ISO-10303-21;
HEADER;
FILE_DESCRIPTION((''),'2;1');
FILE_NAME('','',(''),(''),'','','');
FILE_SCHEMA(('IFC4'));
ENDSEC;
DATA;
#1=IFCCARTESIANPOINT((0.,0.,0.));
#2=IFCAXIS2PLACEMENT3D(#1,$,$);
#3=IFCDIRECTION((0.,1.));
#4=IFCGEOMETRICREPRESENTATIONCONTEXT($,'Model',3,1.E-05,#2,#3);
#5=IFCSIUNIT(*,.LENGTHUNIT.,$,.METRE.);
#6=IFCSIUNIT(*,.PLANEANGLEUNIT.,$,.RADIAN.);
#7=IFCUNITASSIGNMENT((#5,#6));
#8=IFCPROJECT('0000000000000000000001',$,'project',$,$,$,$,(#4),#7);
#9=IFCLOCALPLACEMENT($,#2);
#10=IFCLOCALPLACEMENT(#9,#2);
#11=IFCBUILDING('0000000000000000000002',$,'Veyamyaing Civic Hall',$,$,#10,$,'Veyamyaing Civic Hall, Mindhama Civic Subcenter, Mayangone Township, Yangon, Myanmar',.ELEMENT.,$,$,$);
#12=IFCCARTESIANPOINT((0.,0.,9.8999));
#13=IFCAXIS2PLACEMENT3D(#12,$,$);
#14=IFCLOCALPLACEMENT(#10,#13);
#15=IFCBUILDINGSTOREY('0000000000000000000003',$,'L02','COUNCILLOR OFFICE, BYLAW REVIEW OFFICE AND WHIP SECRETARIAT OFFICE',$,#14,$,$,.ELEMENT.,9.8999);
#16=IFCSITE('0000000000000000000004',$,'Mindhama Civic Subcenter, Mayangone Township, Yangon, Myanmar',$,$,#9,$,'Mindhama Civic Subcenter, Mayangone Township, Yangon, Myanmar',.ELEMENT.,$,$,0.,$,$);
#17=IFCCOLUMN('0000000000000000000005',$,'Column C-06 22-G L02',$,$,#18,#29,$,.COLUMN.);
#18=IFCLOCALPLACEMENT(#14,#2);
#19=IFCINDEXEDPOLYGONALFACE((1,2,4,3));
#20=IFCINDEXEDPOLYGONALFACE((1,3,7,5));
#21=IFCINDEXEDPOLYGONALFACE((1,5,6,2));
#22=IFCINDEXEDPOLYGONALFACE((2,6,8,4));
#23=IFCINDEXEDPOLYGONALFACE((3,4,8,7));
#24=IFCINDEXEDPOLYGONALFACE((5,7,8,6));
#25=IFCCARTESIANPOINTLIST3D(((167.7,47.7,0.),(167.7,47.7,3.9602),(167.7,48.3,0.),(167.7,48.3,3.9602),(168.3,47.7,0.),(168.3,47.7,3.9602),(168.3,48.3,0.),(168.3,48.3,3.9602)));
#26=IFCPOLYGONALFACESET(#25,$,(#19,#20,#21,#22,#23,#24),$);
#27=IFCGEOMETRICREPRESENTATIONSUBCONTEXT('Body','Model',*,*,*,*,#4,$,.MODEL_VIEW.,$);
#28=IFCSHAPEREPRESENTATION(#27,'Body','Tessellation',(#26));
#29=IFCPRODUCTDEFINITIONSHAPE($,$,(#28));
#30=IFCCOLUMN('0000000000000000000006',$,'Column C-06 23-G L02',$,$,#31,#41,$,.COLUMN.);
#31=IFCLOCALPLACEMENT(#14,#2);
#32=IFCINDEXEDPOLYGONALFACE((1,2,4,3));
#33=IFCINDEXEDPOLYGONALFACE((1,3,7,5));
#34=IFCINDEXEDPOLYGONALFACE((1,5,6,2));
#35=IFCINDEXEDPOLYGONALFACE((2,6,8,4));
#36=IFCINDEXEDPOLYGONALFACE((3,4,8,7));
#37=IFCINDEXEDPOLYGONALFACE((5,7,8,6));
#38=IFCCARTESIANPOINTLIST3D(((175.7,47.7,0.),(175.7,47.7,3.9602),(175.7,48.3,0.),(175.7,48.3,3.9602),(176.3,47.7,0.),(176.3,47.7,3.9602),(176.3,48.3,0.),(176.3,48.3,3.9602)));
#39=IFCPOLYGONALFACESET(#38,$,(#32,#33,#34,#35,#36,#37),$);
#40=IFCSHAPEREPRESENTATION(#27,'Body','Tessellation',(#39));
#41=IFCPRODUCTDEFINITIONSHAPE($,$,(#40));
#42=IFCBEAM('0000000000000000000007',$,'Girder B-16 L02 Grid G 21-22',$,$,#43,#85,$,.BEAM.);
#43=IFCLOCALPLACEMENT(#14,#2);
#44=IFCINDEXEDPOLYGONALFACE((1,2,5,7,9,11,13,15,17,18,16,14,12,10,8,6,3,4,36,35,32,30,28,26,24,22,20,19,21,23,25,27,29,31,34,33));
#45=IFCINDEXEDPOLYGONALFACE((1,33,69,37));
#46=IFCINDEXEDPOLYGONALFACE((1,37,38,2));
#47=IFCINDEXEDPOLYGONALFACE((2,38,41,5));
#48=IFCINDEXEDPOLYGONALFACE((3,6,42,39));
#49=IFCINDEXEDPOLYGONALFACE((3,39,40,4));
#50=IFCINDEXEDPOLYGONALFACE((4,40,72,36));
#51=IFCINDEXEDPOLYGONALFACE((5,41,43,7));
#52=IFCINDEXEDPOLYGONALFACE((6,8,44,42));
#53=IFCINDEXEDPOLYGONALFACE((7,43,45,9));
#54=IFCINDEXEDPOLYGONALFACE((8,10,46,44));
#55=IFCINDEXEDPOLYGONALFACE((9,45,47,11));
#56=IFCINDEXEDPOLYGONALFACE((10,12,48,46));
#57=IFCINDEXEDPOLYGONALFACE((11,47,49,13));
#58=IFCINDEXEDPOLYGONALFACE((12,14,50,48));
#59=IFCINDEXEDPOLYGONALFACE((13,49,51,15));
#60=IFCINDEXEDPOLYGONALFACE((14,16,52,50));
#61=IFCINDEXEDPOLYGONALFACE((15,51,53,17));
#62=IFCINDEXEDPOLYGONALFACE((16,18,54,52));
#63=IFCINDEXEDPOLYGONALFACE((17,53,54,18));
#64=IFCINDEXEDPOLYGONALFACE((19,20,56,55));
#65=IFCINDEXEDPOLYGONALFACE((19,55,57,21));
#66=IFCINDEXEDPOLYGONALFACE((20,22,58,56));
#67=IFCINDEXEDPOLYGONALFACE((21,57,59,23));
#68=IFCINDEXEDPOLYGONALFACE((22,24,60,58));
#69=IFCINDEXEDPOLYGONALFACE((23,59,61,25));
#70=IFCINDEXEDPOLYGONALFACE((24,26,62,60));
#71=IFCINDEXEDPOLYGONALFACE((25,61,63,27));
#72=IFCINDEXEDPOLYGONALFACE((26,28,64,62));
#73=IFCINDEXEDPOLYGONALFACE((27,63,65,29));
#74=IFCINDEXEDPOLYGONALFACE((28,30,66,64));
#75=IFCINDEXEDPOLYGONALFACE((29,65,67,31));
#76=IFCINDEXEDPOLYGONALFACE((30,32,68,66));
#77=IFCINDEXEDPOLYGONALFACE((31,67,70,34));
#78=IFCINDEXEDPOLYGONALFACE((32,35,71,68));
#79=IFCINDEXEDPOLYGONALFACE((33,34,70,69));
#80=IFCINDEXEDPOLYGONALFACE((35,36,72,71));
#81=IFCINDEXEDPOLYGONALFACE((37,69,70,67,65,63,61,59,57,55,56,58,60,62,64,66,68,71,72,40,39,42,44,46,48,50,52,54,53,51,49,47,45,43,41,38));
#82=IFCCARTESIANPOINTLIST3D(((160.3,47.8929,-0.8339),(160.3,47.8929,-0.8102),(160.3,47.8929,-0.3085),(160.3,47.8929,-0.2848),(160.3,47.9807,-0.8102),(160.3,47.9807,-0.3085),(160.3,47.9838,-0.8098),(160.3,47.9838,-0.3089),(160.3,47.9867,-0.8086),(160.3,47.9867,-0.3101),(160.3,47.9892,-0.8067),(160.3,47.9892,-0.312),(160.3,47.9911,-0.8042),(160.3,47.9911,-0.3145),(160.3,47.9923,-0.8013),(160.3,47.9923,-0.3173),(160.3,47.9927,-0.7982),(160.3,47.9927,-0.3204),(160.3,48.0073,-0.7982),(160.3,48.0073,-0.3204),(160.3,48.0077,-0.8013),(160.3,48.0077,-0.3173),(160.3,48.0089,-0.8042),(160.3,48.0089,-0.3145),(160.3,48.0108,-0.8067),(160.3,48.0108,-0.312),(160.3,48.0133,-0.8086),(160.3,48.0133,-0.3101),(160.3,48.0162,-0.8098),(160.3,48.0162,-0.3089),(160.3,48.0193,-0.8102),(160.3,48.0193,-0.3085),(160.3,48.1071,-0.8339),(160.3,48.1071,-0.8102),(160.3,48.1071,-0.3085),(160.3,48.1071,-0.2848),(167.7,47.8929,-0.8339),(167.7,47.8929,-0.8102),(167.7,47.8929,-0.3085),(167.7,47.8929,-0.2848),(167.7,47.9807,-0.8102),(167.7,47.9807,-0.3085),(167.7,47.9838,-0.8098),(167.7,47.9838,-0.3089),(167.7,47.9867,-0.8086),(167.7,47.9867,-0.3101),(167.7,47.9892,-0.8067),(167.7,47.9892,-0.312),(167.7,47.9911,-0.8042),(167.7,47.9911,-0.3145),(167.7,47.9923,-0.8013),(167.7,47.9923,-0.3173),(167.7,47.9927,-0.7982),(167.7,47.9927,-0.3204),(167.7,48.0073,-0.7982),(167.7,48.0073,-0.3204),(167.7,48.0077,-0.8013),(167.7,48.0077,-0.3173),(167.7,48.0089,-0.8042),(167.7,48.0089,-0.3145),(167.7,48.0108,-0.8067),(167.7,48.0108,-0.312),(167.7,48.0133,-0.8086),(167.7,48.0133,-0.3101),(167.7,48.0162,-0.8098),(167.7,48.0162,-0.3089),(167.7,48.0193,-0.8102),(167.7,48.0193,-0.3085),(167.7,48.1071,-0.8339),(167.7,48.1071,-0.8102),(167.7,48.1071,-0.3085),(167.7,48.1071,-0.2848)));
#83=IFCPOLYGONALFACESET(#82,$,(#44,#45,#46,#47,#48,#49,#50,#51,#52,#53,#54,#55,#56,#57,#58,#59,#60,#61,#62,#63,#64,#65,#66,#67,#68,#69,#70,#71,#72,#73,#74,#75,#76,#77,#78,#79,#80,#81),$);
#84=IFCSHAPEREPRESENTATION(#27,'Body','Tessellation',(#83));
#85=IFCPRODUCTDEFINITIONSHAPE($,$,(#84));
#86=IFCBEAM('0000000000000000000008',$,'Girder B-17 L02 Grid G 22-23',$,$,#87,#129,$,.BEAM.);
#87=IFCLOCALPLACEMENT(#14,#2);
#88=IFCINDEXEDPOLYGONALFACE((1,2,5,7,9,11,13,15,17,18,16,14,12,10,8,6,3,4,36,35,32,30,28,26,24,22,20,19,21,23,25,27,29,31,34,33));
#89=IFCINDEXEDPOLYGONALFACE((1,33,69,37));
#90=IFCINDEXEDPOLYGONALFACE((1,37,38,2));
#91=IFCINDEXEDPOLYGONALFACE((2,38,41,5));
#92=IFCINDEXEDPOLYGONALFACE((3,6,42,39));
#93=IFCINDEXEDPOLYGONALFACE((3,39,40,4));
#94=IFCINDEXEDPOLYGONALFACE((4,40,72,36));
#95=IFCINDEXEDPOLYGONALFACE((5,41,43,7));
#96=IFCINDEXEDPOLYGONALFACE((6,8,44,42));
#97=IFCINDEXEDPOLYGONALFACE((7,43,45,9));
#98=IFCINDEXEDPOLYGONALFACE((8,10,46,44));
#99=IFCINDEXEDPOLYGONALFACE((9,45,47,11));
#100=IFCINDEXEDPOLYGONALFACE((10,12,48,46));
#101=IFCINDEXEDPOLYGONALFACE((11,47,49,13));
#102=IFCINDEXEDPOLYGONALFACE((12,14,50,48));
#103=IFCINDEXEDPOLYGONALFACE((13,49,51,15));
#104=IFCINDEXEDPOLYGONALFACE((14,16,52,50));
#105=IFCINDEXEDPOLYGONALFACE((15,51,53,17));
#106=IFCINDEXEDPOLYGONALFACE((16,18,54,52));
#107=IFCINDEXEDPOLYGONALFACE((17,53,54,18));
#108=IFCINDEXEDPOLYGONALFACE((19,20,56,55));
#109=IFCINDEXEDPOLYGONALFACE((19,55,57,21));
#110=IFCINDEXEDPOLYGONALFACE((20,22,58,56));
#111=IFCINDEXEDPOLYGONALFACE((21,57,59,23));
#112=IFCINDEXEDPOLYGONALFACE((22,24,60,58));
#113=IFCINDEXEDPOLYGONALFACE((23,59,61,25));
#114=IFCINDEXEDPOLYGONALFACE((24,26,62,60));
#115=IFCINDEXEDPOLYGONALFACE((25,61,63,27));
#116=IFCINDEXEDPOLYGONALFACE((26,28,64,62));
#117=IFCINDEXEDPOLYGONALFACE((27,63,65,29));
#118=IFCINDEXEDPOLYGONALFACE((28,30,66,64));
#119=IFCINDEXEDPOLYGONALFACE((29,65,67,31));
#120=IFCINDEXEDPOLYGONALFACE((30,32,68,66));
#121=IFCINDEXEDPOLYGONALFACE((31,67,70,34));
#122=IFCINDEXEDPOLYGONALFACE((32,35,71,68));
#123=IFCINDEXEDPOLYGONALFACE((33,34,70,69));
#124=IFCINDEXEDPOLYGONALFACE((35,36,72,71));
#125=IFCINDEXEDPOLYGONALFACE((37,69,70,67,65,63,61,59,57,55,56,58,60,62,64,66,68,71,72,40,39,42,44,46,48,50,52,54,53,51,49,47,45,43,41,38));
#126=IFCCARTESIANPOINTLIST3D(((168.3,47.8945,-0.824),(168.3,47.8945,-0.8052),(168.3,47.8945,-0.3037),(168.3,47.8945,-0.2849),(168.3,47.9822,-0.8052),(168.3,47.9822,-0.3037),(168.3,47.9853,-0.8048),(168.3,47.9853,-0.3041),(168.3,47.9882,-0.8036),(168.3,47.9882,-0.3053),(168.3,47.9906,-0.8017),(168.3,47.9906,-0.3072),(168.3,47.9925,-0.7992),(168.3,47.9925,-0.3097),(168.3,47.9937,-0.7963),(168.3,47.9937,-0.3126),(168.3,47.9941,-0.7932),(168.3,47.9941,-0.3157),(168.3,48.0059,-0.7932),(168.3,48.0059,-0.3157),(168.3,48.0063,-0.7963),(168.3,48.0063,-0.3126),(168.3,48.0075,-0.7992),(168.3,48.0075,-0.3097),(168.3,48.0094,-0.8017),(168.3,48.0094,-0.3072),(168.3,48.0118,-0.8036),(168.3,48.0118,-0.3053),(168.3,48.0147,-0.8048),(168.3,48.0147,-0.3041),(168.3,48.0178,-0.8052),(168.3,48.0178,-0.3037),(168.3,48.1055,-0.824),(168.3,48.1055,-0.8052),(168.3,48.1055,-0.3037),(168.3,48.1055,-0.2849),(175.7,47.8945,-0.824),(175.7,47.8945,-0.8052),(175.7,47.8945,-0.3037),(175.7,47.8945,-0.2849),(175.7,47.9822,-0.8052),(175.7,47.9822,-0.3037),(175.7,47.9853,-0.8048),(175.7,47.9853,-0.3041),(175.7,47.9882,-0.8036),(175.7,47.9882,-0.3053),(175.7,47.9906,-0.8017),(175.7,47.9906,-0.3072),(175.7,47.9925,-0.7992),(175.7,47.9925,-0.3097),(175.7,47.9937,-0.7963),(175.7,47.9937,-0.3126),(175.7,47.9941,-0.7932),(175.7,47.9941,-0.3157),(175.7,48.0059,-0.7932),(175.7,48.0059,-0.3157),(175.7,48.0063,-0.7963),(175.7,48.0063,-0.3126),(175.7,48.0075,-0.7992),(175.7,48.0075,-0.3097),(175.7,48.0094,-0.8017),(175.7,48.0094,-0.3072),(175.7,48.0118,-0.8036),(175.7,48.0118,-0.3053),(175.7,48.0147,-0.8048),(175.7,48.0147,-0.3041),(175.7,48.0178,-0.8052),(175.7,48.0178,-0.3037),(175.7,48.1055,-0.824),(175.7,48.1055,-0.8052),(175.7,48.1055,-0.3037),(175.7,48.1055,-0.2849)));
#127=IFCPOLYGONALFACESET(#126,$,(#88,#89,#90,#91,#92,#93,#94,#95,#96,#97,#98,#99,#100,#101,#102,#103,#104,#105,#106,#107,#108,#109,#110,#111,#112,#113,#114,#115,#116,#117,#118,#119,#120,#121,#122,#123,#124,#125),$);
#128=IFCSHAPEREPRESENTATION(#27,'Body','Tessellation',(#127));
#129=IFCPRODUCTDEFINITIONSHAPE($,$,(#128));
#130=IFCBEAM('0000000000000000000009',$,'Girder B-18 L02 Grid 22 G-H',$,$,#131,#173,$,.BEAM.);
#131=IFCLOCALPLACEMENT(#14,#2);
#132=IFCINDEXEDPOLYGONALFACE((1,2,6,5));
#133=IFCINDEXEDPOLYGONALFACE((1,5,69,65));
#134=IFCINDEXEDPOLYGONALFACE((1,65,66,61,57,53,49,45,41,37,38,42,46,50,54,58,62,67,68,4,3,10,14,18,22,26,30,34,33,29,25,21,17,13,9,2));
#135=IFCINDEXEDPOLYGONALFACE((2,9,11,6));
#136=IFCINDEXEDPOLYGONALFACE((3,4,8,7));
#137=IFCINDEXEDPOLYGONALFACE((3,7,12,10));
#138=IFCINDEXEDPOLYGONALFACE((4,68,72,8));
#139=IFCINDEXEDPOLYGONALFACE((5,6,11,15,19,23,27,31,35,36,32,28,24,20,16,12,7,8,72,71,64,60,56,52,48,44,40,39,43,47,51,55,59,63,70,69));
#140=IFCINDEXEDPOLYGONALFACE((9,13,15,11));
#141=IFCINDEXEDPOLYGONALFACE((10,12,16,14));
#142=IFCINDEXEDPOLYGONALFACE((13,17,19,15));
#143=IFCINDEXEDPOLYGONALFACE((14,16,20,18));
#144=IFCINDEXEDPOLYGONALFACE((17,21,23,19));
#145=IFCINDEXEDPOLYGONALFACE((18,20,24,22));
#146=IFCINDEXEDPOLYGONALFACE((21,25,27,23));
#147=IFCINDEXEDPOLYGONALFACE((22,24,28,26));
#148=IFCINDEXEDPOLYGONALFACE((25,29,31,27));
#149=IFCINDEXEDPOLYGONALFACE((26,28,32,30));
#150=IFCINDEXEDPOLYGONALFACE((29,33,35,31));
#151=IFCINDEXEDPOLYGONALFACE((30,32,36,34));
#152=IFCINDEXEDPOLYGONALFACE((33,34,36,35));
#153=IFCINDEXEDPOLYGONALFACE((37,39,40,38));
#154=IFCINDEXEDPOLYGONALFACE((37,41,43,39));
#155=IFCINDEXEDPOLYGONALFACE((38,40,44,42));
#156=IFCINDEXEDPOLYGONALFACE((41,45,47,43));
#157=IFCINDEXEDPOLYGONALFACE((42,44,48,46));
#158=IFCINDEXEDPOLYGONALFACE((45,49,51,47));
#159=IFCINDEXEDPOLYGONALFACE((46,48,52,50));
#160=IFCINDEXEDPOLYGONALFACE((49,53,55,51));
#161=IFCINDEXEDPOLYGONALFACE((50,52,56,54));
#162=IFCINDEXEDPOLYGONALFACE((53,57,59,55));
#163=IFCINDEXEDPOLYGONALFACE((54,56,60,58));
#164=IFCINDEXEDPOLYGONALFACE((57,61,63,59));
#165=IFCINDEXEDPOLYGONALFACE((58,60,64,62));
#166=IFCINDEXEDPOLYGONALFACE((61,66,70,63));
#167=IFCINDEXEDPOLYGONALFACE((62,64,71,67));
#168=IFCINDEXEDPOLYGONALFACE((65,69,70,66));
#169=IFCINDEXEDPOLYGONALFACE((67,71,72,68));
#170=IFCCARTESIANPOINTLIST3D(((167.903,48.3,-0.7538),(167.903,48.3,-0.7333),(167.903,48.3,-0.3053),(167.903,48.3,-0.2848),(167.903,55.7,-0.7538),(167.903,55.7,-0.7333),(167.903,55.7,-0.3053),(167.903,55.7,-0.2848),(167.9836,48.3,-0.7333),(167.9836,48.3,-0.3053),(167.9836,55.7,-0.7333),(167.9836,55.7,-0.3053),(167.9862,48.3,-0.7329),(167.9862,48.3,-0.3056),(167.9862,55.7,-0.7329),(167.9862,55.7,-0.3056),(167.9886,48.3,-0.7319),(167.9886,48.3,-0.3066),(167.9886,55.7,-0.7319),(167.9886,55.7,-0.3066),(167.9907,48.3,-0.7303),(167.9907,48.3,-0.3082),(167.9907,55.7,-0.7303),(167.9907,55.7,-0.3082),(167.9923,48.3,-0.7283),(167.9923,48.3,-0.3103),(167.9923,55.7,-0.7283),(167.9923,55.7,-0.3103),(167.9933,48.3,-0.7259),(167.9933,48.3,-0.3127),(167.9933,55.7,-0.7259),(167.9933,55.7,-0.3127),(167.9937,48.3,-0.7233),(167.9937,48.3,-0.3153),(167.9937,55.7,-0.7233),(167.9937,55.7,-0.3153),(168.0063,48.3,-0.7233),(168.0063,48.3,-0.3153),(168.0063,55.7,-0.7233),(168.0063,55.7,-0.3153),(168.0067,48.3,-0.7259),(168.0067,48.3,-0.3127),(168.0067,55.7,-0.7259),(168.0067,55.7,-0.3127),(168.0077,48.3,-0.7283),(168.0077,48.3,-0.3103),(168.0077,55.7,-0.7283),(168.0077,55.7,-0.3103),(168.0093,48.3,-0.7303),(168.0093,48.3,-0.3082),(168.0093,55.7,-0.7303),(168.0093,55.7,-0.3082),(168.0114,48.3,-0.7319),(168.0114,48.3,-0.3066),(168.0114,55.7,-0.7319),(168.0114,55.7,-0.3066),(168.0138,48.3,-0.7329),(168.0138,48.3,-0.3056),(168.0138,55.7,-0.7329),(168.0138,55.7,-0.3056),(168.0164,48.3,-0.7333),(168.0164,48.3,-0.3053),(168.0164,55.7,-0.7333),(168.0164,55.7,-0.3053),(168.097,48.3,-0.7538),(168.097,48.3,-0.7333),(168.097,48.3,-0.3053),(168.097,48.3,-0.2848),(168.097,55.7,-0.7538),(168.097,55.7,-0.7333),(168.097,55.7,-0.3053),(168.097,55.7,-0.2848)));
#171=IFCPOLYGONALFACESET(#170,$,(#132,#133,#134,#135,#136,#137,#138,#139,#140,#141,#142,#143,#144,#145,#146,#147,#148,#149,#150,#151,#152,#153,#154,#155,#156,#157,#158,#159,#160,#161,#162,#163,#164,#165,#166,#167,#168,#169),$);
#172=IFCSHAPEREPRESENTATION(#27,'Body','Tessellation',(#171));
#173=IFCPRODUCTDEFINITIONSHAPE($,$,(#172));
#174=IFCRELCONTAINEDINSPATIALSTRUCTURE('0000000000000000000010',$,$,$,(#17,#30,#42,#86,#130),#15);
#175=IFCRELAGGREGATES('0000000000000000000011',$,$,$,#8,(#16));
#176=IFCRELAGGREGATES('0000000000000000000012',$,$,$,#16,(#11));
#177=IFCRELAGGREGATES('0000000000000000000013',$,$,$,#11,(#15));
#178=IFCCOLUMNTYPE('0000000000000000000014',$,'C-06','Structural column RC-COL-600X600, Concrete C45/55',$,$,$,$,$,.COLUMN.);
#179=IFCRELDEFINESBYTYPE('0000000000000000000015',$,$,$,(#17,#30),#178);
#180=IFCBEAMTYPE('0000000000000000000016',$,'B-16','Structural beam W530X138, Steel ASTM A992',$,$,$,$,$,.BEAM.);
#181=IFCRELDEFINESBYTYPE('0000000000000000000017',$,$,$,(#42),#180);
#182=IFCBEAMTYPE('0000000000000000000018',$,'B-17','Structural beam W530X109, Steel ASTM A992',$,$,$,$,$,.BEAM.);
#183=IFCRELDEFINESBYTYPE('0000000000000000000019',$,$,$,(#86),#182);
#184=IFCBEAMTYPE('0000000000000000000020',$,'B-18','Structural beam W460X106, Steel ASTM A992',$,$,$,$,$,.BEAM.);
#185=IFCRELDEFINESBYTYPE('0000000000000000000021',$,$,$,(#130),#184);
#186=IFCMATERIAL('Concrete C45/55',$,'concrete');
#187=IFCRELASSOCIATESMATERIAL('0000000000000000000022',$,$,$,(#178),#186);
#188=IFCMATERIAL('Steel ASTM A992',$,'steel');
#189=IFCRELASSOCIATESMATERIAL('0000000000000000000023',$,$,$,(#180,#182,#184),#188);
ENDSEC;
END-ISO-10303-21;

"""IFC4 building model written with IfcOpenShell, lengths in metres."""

from ifc_helpers import new_model, si_unit, direction, frame, origin, origin_2d, place, context, subcontext, project, spatial, rectangle, i_section, extrude, material, material_profile, profile_set, type_object, element, save


model = new_model("IFC4")

# Units and contexts
model_context = context("Model", 3, precision=1e-05, world=origin(), true_north=direction((0.0, 1.0)))
body_context = subcontext(model_context, "Body", "Model", "MODEL_VIEW")
ifc_project = project(units=[si_unit("LENGTHUNIT", "METRE"), si_unit("PLANEANGLEUNIT", "RADIAN")], contexts=[model_context])

# Site, building, storey
site_placement = place(None, origin())
site = spatial("IfcSite", under=ifc_project, at=site_placement, Name="Mindhama Civic Subcenter, Mayangone Township, Yangon, Myanmar", LongName="Mindhama Civic Subcenter, Mayangone Township, Yangon, Myanmar", CompositionType="ELEMENT", RefElevation=0.0)
building_placement = place(site_placement, origin())
building = spatial("IfcBuilding", under=site, at=building_placement, Name="Veyamyaing Civic Hall", LongName="Veyamyaing Civic Hall, Mindhama Civic Subcenter, Mayangone Township, Yangon, Myanmar", CompositionType="ELEMENT")
storey_placement = place(building_placement, frame((0.0, 0.0, 9.8999)))
storey = spatial("IfcBuildingStorey", under=building, at=storey_placement, Name="L02", Description="COUNCILLOR OFFICE, BYLAW REVIEW OFFICE AND WHIP SECRETARIAT OFFICE", CompositionType="ELEMENT", Elevation=9.8999)

# Columns
ifc_material_1 = material(Name="Concrete C45/55", Category="concrete")
ifc_material_profile_1 = material_profile(ifc_material_1, rectangle(XDim=0.6001, YDim=0.6001, at=origin_2d()), Name="RC-COL-600X600")
ifc_profile_set_1 = profile_set([ifc_material_profile_1], Name="Concrete C45/55")
column_type = type_object("IfcColumnType", Name="C-06", Description="Structural column RC-COL-600X600, Concrete C45/55", PredefinedType="COLUMN", material=ifc_profile_set_1)
for number, where, z_axis, x_axis, name in (
    (1, (168.0, 48.0, 0.0), (0.0, 0.0, 1.0), (1.0, 0.0, 0.0), "Column C-06 22-G L02"),
    (2, (176.0, 48.0, 0.0), (0.0, 0.0, 1.0), (1.0, 0.0, 0.0), "Column C-06 23-G L02"),
):
    element("IfcColumn", number, at=place(storey_placement, frame(where, z_axis=z_axis, x_axis=x_axis)), inside=storey, type_object=column_type, Name=name, PredefinedType="COLUMN", context=body_context, shape_type="SweptSolid", body=[
        extrude(rectangle(XDim=0.6001, YDim=0.6001, at=origin_2d()), origin(), (0.0, 0.0, 1.0), 3.9602),
    ])

# Beams
ifc_material_2 = material(Name="Steel ASTM A992", Category="steel")
ifc_material_profile_2 = material_profile(ifc_material_2, i_section(OverallWidth=0.2141, OverallDepth=0.5491, WebThickness=0.0146, FlangeThickness=0.0237, FilletRadius=0.012, at=origin_2d()), Name="W530X138")
ifc_profile_set_2 = profile_set([ifc_material_profile_2], Name="Steel ASTM A992")
beam_type_1 = type_object("IfcBeamType", Name="B-16", Description="Structural beam W530X138, Steel ASTM A992", PredefinedType="BEAM", material=ifc_profile_set_2)
beam_1_placement = place(storey_placement, frame((160.3, 48.0, -0.5593), z_axis=(1.0, 0.0, 0.0), x_axis=(0.0, 1.0, 0.0)))
element("IfcBeam", 3, at=beam_1_placement, inside=storey, type_object=beam_type_1, Name="Girder B-16 L02 Grid G 21-22", PredefinedType="BEAM", context=body_context, shape_type="SweptSolid", body=[
    extrude(i_section(OverallWidth=0.2141, OverallDepth=0.5491, WebThickness=0.0146, FlangeThickness=0.0237, FilletRadius=0.012, at=origin_2d()), origin(), (0.0, 0.0, 1.0), 7.3999),
])
ifc_material_profile_3 = material_profile(ifc_material_2, i_section(OverallWidth=0.2109, OverallDepth=0.5391, WebThickness=0.0117, FlangeThickness=0.0188, FilletRadius=0.012, at=origin_2d()), Name="W530X109")
ifc_profile_set_3 = profile_set([ifc_material_profile_3], Name="Steel ASTM A992")
beam_type_2 = type_object("IfcBeamType", Name="B-17", Description="Structural beam W530X109, Steel ASTM A992", PredefinedType="BEAM", material=ifc_profile_set_3)
beam_2_placement = place(storey_placement, frame((168.3, 48.0, -0.5544), z_axis=(1.0, 0.0, 0.0), x_axis=(0.0, 1.0, 0.0)))
element("IfcBeam", 4, at=beam_2_placement, inside=storey, type_object=beam_type_2, Name="Girder B-17 L02 Grid G 22-23", PredefinedType="BEAM", context=body_context, shape_type="SweptSolid", body=[
    extrude(i_section(OverallWidth=0.2109, OverallDepth=0.5391, WebThickness=0.0117, FlangeThickness=0.0188, FilletRadius=0.012, at=origin_2d()), origin(), (0.0, 0.0, 1.0), 7.3999),
])
ifc_material_profile_4 = material_profile(ifc_material_2, i_section(OverallWidth=0.1941, OverallDepth=0.469, WebThickness=0.0127, FlangeThickness=0.0205, FilletRadius=0.01, at=origin_2d()), Name="W460X106")
ifc_profile_set_4 = profile_set([ifc_material_profile_4], Name="Steel ASTM A992")
beam_type_3 = type_object("IfcBeamType", Name="B-18", Description="Structural beam W460X106, Steel ASTM A992", PredefinedType="BEAM", material=ifc_profile_set_4)
beam_3_placement = place(storey_placement, frame((168.0, 48.3, -0.5193), z_axis=(0.0, 1.0, 0.0), x_axis=(-1.0, 0.0, 0.0)))
element("IfcBeam", 5, at=beam_3_placement, inside=storey, type_object=beam_type_3, Name="Girder B-18 L02 Grid 22 G-H", PredefinedType="BEAM", context=body_context, shape_type="SweptSolid", body=[
    extrude(i_section(OverallWidth=0.1941, OverallDepth=0.469, WebThickness=0.0127, FlangeThickness=0.0205, FilletRadius=0.01, at=origin_2d()), origin(), (0.0, 0.0, 1.0), 7.3999),
])

save(model, "model.ifc")
